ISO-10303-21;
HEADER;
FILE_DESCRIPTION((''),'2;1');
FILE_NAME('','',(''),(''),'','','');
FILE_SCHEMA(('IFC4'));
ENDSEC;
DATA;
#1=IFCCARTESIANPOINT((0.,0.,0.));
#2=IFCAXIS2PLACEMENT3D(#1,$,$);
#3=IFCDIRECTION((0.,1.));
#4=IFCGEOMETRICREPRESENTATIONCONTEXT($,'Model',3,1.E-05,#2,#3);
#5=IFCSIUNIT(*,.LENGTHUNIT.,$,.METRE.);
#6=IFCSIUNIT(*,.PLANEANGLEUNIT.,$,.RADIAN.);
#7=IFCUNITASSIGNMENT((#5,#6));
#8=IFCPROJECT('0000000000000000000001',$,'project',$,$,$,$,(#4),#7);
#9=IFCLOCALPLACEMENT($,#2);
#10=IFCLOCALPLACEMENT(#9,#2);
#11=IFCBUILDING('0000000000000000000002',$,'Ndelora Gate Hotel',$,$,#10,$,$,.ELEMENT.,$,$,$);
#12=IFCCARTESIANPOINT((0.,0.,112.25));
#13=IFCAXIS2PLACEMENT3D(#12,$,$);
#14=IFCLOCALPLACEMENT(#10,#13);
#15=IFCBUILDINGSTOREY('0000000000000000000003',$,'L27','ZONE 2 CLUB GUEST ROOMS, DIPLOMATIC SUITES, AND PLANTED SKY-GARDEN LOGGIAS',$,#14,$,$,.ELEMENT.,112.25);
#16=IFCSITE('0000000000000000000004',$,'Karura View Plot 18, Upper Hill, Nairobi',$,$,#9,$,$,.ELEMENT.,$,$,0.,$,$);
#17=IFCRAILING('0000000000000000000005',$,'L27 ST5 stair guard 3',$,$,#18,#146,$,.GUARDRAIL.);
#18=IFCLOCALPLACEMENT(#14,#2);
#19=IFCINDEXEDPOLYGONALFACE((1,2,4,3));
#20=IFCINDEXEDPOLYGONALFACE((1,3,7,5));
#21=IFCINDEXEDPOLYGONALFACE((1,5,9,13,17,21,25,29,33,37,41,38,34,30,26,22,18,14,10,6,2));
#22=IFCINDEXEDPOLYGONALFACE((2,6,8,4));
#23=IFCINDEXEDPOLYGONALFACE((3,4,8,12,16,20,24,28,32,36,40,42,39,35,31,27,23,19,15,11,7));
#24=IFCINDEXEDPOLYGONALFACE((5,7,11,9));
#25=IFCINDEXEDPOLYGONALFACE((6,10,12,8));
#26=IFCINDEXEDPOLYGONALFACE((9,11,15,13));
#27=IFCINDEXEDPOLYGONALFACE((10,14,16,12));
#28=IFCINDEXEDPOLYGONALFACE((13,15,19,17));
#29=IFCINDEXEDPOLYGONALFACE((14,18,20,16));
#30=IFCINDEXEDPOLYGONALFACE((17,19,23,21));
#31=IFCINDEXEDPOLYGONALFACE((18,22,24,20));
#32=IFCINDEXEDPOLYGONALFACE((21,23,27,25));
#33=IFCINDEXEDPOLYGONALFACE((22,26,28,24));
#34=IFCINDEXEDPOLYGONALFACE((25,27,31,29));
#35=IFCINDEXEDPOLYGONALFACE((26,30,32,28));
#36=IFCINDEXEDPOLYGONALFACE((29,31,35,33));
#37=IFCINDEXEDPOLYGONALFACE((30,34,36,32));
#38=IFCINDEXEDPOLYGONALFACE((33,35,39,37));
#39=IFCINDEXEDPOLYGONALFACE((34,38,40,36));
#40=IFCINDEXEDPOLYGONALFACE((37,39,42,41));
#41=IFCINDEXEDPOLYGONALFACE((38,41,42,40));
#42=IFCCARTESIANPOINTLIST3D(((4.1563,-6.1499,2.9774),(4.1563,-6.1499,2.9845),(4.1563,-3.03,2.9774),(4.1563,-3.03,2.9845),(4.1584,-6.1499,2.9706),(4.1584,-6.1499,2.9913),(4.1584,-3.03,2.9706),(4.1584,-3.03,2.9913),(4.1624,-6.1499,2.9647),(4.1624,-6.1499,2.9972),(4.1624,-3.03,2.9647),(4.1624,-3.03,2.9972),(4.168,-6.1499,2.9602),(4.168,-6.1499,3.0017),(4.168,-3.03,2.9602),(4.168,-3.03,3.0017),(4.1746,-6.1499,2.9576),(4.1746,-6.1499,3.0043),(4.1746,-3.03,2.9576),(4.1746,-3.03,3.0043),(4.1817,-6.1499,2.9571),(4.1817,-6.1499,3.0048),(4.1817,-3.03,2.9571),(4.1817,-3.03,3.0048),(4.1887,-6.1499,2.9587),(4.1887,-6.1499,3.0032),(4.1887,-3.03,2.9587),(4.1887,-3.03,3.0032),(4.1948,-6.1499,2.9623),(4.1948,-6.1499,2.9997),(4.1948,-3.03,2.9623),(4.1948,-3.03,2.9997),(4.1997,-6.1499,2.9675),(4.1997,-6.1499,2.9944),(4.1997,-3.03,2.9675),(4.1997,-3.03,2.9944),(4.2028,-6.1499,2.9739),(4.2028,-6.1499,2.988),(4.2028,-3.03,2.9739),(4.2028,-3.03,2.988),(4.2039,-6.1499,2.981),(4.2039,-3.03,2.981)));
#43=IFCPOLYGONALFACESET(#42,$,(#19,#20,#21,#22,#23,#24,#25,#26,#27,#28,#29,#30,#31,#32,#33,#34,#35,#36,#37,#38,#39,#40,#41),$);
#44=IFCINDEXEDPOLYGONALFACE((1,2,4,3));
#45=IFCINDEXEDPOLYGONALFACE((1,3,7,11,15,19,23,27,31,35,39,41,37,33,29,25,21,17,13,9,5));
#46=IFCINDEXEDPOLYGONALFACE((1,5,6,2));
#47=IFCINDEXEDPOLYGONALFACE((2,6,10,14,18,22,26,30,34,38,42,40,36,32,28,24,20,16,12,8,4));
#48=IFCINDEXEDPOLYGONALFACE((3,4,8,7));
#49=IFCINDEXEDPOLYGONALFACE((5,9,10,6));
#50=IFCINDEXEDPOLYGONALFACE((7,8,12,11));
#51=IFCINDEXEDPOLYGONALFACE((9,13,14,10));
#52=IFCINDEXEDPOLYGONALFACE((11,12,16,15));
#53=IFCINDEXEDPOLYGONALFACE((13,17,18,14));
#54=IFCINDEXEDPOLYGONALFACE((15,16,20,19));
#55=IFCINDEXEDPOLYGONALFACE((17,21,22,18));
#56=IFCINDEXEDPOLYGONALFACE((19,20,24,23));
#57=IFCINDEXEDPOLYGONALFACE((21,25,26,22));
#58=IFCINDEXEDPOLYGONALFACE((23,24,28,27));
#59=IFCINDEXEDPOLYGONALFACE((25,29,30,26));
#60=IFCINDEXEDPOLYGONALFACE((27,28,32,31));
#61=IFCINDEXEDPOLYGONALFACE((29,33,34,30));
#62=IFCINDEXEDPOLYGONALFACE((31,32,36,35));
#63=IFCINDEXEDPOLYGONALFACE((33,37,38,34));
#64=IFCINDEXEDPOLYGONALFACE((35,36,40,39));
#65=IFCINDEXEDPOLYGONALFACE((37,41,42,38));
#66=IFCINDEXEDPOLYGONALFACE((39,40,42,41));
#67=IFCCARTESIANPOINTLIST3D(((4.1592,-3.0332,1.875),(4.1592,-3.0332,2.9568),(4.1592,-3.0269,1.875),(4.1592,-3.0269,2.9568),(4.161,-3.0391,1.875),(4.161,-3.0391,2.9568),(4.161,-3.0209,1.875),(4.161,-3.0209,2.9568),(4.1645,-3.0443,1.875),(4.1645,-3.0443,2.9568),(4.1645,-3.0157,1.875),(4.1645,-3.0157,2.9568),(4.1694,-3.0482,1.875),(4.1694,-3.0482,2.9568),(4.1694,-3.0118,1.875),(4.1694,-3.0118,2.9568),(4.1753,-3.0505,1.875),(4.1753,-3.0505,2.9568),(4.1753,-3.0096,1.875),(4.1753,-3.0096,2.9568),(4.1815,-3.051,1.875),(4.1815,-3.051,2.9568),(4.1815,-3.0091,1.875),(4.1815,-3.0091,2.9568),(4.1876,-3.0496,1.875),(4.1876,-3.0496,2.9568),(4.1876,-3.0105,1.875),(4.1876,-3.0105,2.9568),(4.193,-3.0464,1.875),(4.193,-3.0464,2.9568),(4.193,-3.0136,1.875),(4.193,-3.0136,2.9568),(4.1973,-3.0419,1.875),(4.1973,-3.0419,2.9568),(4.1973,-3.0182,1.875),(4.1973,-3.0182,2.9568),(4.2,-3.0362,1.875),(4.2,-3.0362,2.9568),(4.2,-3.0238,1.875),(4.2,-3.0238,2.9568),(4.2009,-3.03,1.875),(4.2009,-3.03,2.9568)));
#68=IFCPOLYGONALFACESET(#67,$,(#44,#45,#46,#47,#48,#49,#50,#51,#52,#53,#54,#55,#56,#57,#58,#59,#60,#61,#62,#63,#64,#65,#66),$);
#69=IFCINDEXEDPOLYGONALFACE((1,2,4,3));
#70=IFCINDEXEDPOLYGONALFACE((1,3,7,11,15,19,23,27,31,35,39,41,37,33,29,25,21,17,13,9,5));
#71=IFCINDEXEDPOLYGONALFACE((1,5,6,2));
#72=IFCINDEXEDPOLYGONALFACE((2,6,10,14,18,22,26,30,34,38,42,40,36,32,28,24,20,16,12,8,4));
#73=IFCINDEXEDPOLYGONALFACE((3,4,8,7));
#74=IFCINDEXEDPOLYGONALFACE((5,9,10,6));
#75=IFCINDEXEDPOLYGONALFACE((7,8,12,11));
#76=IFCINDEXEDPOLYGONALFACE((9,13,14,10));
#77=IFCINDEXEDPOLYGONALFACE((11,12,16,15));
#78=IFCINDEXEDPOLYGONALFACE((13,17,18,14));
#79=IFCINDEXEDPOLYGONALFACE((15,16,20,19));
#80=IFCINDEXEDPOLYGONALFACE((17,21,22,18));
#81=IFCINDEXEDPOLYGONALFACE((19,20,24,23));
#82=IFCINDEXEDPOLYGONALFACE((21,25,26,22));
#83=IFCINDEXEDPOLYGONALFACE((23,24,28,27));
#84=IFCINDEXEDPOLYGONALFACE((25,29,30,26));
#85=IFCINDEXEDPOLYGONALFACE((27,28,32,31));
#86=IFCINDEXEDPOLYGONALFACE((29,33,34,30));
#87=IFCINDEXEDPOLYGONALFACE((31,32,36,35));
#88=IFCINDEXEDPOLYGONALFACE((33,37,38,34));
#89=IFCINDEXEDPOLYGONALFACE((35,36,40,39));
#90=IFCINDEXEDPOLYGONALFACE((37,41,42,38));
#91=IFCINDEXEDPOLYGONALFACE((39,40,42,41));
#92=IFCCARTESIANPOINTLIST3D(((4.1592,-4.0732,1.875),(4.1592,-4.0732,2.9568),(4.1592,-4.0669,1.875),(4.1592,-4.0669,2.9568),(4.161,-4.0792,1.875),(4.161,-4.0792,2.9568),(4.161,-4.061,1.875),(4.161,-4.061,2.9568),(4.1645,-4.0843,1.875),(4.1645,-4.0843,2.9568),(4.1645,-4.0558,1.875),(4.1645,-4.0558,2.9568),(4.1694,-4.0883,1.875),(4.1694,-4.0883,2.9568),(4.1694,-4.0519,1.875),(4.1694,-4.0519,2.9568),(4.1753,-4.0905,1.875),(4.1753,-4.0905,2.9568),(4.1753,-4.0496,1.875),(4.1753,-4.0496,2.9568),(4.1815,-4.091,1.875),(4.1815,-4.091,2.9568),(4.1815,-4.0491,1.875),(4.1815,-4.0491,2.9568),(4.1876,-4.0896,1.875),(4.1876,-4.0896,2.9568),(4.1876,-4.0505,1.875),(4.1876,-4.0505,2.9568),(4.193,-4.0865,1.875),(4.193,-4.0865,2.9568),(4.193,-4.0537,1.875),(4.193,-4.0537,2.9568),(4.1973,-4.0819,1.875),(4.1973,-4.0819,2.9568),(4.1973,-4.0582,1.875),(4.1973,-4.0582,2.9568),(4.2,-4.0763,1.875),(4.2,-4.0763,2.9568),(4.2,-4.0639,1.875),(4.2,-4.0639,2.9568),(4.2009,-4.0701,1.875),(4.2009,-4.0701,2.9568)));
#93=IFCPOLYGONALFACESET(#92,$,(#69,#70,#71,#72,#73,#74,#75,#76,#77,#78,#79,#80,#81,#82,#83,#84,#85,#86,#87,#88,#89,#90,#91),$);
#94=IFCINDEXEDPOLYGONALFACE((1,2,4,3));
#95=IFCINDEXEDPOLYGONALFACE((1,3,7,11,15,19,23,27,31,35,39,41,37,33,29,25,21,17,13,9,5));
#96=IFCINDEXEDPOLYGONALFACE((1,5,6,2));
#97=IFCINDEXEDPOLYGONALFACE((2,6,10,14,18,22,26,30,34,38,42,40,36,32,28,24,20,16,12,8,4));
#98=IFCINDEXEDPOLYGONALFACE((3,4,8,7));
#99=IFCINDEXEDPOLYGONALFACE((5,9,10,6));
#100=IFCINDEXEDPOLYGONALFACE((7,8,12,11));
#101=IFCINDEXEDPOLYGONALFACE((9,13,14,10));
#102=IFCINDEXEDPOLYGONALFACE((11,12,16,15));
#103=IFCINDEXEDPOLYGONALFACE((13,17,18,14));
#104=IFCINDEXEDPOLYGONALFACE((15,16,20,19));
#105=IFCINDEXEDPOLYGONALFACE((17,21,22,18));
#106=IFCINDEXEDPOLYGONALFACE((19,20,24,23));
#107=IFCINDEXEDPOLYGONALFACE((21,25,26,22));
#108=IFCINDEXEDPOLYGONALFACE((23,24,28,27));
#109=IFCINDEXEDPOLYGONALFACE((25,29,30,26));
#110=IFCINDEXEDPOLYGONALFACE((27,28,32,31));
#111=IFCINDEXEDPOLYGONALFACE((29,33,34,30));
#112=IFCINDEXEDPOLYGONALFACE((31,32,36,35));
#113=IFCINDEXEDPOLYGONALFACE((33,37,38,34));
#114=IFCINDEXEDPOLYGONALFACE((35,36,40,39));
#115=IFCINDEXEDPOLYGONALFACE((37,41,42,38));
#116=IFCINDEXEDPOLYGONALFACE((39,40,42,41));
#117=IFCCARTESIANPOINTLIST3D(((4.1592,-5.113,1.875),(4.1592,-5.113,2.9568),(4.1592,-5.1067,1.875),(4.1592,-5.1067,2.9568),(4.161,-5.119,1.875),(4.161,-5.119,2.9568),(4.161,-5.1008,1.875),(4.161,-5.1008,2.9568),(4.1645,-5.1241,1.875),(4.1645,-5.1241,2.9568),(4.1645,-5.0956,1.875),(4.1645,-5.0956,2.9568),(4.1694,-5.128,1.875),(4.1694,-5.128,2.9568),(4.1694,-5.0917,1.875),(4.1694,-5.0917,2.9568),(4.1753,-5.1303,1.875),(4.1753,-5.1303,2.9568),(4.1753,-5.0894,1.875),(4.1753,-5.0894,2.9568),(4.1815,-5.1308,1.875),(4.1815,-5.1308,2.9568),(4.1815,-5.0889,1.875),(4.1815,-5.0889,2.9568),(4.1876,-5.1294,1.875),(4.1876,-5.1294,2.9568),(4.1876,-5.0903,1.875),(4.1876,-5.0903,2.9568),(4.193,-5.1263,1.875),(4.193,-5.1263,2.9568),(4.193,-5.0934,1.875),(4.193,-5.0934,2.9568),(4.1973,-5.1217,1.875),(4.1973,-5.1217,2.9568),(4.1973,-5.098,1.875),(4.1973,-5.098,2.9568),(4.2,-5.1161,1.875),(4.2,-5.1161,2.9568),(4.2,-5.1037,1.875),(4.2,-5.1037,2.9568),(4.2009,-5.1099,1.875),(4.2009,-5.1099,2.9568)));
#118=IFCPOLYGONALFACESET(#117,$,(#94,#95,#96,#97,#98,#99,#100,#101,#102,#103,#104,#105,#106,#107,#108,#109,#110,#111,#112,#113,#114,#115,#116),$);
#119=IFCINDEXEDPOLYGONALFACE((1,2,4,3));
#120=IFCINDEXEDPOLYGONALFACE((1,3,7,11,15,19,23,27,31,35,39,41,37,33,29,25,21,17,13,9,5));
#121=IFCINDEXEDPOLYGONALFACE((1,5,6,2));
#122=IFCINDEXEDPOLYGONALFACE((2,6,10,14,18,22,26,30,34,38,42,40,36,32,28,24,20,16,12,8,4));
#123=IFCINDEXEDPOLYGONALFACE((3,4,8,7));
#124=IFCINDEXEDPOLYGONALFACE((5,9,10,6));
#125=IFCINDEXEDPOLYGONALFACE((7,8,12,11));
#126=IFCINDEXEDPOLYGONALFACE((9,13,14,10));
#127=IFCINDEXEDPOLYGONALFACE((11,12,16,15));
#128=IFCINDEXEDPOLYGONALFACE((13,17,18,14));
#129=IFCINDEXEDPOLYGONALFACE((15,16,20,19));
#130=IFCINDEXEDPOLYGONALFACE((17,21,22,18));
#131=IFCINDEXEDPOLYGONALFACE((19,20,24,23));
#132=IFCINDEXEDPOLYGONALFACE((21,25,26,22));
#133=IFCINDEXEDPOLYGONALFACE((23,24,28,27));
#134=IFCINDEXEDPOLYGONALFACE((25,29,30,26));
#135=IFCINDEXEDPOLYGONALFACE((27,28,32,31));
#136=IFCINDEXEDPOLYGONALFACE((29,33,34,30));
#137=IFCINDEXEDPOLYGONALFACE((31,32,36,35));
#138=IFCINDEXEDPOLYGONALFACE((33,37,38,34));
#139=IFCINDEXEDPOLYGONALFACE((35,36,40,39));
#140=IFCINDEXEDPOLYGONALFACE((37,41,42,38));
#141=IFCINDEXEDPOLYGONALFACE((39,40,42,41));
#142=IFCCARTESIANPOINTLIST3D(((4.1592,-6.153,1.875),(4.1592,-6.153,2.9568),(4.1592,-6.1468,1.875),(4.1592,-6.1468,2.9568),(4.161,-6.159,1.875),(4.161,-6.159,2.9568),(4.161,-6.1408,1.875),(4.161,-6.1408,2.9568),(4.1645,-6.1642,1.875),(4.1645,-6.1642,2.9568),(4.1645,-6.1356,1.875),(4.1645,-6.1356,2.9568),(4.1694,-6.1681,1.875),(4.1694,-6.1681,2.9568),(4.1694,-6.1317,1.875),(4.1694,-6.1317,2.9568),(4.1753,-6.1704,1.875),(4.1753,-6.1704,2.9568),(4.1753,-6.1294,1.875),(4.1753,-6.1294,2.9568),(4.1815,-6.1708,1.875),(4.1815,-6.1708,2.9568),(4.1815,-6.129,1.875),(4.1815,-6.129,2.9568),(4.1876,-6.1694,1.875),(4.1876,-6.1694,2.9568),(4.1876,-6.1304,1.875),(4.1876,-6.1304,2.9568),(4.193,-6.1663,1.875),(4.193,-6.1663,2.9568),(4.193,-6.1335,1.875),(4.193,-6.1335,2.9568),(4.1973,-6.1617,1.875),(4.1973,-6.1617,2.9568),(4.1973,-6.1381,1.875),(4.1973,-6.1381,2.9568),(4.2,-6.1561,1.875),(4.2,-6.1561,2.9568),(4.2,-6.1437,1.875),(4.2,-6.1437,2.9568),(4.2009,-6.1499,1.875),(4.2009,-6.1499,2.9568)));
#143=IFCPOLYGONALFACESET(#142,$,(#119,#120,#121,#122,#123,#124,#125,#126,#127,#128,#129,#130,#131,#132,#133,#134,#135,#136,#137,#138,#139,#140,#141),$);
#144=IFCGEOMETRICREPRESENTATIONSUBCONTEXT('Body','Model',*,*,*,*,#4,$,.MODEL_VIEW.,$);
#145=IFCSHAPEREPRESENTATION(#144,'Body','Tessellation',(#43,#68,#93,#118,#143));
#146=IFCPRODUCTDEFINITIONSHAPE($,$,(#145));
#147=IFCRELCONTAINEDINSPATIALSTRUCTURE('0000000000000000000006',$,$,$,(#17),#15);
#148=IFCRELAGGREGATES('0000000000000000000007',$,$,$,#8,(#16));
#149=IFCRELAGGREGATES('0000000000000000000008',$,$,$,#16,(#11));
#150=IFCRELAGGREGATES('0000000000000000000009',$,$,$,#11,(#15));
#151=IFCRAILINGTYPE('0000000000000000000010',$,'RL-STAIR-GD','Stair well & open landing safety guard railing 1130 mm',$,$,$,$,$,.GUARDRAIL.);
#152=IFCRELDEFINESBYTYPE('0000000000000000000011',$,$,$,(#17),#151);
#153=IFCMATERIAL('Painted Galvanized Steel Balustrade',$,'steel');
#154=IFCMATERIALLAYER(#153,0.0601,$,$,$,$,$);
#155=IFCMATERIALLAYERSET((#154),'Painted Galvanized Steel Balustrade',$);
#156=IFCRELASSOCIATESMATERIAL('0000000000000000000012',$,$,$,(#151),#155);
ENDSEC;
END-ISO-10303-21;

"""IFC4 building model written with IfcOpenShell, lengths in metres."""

from ifc_helpers import new_model, si_unit, direction, frame, origin, origin_2d, place, context, subcontext, project, spatial, circle, extrude, material, layer, layer_set, type_object, element, save


model = new_model("IFC4")

# Units and contexts
model_context = context("Model", 3, precision=1e-05, world=origin(), true_north=direction((0.0, 1.0)))
body_context = subcontext(model_context, "Body", "Model", "MODEL_VIEW")
ifc_project = project(units=[si_unit("LENGTHUNIT", "METRE"), si_unit("PLANEANGLEUNIT", "RADIAN")], contexts=[model_context])

# Site, building, storey
site_placement = place(None, origin())
site = spatial("IfcSite", under=ifc_project, at=site_placement, Name="Karura View Plot 18, Upper Hill, Nairobi", CompositionType="ELEMENT", RefElevation=0.0)
building_placement = place(site_placement, origin())
building = spatial("IfcBuilding", under=site, at=building_placement, Name="Ndelora Gate Hotel", CompositionType="ELEMENT")
storey_placement = place(building_placement, frame((0.0, 0.0, 112.25)))
storey = spatial("IfcBuildingStorey", under=building, at=storey_placement, Name="L27", Description="ZONE 2 CLUB GUEST ROOMS, DIPLOMATIC SUITES, AND PLANTED SKY-GARDEN LOGGIAS", CompositionType="ELEMENT", Elevation=112.25)

# Railing
ifc_material_1 = material(Name="Painted Galvanized Steel Balustrade", Category="steel")
ifc_layer_1 = layer(ifc_material_1, 0.0601)
ifc_layer_set_1 = layer_set([ifc_layer_1], Name="Painted Galvanized Steel Balustrade")
railing_type_1 = type_object("IfcRailingType", Name="RL-STAIR-GD", Description="Stair well & open landing safety guard railing 1130 mm", PredefinedType="GUARDRAIL", material=ifc_layer_set_1)
for number, where, name in (
    (1, (4.1799, -3.03, 1.875), "L27 ST5 stair guard 3"),
):
    element("IfcRailing", number, at=place(storey_placement, frame(where)), inside=storey, type_object=railing_type_1, Name=name, PredefinedType="GUARDRAIL", context=body_context, shape_type="SweptSolid", body=[
        extrude(circle(Radius=0.0239, at=origin_2d()), frame((0.0, 0.0, 1.106), z_axis=(0.0, -1.0, 0.0), x_axis=(1.0, 0.0, 0.0)), (0.0, 0.0, 1.0), 3.1199),
        extrude(circle(Radius=0.021, at=origin_2d()), origin(), (0.0, 0.0, 1.0), 1.0818),
        extrude(circle(Radius=0.021, at=origin_2d()), frame((0.0, -1.04, 0.0)), (0.0, 0.0, 1.0), 1.0818),
        extrude(circle(Radius=0.021, at=origin_2d()), frame((0.0, -2.0798, 0.0)), (0.0, 0.0, 1.0), 1.0818),
        extrude(circle(Radius=0.021, at=origin_2d()), frame((0.0, -3.1199, 0.0)), (0.0, 0.0, 1.0), 1.0818),
    ])

save(model, "model.ifc")
